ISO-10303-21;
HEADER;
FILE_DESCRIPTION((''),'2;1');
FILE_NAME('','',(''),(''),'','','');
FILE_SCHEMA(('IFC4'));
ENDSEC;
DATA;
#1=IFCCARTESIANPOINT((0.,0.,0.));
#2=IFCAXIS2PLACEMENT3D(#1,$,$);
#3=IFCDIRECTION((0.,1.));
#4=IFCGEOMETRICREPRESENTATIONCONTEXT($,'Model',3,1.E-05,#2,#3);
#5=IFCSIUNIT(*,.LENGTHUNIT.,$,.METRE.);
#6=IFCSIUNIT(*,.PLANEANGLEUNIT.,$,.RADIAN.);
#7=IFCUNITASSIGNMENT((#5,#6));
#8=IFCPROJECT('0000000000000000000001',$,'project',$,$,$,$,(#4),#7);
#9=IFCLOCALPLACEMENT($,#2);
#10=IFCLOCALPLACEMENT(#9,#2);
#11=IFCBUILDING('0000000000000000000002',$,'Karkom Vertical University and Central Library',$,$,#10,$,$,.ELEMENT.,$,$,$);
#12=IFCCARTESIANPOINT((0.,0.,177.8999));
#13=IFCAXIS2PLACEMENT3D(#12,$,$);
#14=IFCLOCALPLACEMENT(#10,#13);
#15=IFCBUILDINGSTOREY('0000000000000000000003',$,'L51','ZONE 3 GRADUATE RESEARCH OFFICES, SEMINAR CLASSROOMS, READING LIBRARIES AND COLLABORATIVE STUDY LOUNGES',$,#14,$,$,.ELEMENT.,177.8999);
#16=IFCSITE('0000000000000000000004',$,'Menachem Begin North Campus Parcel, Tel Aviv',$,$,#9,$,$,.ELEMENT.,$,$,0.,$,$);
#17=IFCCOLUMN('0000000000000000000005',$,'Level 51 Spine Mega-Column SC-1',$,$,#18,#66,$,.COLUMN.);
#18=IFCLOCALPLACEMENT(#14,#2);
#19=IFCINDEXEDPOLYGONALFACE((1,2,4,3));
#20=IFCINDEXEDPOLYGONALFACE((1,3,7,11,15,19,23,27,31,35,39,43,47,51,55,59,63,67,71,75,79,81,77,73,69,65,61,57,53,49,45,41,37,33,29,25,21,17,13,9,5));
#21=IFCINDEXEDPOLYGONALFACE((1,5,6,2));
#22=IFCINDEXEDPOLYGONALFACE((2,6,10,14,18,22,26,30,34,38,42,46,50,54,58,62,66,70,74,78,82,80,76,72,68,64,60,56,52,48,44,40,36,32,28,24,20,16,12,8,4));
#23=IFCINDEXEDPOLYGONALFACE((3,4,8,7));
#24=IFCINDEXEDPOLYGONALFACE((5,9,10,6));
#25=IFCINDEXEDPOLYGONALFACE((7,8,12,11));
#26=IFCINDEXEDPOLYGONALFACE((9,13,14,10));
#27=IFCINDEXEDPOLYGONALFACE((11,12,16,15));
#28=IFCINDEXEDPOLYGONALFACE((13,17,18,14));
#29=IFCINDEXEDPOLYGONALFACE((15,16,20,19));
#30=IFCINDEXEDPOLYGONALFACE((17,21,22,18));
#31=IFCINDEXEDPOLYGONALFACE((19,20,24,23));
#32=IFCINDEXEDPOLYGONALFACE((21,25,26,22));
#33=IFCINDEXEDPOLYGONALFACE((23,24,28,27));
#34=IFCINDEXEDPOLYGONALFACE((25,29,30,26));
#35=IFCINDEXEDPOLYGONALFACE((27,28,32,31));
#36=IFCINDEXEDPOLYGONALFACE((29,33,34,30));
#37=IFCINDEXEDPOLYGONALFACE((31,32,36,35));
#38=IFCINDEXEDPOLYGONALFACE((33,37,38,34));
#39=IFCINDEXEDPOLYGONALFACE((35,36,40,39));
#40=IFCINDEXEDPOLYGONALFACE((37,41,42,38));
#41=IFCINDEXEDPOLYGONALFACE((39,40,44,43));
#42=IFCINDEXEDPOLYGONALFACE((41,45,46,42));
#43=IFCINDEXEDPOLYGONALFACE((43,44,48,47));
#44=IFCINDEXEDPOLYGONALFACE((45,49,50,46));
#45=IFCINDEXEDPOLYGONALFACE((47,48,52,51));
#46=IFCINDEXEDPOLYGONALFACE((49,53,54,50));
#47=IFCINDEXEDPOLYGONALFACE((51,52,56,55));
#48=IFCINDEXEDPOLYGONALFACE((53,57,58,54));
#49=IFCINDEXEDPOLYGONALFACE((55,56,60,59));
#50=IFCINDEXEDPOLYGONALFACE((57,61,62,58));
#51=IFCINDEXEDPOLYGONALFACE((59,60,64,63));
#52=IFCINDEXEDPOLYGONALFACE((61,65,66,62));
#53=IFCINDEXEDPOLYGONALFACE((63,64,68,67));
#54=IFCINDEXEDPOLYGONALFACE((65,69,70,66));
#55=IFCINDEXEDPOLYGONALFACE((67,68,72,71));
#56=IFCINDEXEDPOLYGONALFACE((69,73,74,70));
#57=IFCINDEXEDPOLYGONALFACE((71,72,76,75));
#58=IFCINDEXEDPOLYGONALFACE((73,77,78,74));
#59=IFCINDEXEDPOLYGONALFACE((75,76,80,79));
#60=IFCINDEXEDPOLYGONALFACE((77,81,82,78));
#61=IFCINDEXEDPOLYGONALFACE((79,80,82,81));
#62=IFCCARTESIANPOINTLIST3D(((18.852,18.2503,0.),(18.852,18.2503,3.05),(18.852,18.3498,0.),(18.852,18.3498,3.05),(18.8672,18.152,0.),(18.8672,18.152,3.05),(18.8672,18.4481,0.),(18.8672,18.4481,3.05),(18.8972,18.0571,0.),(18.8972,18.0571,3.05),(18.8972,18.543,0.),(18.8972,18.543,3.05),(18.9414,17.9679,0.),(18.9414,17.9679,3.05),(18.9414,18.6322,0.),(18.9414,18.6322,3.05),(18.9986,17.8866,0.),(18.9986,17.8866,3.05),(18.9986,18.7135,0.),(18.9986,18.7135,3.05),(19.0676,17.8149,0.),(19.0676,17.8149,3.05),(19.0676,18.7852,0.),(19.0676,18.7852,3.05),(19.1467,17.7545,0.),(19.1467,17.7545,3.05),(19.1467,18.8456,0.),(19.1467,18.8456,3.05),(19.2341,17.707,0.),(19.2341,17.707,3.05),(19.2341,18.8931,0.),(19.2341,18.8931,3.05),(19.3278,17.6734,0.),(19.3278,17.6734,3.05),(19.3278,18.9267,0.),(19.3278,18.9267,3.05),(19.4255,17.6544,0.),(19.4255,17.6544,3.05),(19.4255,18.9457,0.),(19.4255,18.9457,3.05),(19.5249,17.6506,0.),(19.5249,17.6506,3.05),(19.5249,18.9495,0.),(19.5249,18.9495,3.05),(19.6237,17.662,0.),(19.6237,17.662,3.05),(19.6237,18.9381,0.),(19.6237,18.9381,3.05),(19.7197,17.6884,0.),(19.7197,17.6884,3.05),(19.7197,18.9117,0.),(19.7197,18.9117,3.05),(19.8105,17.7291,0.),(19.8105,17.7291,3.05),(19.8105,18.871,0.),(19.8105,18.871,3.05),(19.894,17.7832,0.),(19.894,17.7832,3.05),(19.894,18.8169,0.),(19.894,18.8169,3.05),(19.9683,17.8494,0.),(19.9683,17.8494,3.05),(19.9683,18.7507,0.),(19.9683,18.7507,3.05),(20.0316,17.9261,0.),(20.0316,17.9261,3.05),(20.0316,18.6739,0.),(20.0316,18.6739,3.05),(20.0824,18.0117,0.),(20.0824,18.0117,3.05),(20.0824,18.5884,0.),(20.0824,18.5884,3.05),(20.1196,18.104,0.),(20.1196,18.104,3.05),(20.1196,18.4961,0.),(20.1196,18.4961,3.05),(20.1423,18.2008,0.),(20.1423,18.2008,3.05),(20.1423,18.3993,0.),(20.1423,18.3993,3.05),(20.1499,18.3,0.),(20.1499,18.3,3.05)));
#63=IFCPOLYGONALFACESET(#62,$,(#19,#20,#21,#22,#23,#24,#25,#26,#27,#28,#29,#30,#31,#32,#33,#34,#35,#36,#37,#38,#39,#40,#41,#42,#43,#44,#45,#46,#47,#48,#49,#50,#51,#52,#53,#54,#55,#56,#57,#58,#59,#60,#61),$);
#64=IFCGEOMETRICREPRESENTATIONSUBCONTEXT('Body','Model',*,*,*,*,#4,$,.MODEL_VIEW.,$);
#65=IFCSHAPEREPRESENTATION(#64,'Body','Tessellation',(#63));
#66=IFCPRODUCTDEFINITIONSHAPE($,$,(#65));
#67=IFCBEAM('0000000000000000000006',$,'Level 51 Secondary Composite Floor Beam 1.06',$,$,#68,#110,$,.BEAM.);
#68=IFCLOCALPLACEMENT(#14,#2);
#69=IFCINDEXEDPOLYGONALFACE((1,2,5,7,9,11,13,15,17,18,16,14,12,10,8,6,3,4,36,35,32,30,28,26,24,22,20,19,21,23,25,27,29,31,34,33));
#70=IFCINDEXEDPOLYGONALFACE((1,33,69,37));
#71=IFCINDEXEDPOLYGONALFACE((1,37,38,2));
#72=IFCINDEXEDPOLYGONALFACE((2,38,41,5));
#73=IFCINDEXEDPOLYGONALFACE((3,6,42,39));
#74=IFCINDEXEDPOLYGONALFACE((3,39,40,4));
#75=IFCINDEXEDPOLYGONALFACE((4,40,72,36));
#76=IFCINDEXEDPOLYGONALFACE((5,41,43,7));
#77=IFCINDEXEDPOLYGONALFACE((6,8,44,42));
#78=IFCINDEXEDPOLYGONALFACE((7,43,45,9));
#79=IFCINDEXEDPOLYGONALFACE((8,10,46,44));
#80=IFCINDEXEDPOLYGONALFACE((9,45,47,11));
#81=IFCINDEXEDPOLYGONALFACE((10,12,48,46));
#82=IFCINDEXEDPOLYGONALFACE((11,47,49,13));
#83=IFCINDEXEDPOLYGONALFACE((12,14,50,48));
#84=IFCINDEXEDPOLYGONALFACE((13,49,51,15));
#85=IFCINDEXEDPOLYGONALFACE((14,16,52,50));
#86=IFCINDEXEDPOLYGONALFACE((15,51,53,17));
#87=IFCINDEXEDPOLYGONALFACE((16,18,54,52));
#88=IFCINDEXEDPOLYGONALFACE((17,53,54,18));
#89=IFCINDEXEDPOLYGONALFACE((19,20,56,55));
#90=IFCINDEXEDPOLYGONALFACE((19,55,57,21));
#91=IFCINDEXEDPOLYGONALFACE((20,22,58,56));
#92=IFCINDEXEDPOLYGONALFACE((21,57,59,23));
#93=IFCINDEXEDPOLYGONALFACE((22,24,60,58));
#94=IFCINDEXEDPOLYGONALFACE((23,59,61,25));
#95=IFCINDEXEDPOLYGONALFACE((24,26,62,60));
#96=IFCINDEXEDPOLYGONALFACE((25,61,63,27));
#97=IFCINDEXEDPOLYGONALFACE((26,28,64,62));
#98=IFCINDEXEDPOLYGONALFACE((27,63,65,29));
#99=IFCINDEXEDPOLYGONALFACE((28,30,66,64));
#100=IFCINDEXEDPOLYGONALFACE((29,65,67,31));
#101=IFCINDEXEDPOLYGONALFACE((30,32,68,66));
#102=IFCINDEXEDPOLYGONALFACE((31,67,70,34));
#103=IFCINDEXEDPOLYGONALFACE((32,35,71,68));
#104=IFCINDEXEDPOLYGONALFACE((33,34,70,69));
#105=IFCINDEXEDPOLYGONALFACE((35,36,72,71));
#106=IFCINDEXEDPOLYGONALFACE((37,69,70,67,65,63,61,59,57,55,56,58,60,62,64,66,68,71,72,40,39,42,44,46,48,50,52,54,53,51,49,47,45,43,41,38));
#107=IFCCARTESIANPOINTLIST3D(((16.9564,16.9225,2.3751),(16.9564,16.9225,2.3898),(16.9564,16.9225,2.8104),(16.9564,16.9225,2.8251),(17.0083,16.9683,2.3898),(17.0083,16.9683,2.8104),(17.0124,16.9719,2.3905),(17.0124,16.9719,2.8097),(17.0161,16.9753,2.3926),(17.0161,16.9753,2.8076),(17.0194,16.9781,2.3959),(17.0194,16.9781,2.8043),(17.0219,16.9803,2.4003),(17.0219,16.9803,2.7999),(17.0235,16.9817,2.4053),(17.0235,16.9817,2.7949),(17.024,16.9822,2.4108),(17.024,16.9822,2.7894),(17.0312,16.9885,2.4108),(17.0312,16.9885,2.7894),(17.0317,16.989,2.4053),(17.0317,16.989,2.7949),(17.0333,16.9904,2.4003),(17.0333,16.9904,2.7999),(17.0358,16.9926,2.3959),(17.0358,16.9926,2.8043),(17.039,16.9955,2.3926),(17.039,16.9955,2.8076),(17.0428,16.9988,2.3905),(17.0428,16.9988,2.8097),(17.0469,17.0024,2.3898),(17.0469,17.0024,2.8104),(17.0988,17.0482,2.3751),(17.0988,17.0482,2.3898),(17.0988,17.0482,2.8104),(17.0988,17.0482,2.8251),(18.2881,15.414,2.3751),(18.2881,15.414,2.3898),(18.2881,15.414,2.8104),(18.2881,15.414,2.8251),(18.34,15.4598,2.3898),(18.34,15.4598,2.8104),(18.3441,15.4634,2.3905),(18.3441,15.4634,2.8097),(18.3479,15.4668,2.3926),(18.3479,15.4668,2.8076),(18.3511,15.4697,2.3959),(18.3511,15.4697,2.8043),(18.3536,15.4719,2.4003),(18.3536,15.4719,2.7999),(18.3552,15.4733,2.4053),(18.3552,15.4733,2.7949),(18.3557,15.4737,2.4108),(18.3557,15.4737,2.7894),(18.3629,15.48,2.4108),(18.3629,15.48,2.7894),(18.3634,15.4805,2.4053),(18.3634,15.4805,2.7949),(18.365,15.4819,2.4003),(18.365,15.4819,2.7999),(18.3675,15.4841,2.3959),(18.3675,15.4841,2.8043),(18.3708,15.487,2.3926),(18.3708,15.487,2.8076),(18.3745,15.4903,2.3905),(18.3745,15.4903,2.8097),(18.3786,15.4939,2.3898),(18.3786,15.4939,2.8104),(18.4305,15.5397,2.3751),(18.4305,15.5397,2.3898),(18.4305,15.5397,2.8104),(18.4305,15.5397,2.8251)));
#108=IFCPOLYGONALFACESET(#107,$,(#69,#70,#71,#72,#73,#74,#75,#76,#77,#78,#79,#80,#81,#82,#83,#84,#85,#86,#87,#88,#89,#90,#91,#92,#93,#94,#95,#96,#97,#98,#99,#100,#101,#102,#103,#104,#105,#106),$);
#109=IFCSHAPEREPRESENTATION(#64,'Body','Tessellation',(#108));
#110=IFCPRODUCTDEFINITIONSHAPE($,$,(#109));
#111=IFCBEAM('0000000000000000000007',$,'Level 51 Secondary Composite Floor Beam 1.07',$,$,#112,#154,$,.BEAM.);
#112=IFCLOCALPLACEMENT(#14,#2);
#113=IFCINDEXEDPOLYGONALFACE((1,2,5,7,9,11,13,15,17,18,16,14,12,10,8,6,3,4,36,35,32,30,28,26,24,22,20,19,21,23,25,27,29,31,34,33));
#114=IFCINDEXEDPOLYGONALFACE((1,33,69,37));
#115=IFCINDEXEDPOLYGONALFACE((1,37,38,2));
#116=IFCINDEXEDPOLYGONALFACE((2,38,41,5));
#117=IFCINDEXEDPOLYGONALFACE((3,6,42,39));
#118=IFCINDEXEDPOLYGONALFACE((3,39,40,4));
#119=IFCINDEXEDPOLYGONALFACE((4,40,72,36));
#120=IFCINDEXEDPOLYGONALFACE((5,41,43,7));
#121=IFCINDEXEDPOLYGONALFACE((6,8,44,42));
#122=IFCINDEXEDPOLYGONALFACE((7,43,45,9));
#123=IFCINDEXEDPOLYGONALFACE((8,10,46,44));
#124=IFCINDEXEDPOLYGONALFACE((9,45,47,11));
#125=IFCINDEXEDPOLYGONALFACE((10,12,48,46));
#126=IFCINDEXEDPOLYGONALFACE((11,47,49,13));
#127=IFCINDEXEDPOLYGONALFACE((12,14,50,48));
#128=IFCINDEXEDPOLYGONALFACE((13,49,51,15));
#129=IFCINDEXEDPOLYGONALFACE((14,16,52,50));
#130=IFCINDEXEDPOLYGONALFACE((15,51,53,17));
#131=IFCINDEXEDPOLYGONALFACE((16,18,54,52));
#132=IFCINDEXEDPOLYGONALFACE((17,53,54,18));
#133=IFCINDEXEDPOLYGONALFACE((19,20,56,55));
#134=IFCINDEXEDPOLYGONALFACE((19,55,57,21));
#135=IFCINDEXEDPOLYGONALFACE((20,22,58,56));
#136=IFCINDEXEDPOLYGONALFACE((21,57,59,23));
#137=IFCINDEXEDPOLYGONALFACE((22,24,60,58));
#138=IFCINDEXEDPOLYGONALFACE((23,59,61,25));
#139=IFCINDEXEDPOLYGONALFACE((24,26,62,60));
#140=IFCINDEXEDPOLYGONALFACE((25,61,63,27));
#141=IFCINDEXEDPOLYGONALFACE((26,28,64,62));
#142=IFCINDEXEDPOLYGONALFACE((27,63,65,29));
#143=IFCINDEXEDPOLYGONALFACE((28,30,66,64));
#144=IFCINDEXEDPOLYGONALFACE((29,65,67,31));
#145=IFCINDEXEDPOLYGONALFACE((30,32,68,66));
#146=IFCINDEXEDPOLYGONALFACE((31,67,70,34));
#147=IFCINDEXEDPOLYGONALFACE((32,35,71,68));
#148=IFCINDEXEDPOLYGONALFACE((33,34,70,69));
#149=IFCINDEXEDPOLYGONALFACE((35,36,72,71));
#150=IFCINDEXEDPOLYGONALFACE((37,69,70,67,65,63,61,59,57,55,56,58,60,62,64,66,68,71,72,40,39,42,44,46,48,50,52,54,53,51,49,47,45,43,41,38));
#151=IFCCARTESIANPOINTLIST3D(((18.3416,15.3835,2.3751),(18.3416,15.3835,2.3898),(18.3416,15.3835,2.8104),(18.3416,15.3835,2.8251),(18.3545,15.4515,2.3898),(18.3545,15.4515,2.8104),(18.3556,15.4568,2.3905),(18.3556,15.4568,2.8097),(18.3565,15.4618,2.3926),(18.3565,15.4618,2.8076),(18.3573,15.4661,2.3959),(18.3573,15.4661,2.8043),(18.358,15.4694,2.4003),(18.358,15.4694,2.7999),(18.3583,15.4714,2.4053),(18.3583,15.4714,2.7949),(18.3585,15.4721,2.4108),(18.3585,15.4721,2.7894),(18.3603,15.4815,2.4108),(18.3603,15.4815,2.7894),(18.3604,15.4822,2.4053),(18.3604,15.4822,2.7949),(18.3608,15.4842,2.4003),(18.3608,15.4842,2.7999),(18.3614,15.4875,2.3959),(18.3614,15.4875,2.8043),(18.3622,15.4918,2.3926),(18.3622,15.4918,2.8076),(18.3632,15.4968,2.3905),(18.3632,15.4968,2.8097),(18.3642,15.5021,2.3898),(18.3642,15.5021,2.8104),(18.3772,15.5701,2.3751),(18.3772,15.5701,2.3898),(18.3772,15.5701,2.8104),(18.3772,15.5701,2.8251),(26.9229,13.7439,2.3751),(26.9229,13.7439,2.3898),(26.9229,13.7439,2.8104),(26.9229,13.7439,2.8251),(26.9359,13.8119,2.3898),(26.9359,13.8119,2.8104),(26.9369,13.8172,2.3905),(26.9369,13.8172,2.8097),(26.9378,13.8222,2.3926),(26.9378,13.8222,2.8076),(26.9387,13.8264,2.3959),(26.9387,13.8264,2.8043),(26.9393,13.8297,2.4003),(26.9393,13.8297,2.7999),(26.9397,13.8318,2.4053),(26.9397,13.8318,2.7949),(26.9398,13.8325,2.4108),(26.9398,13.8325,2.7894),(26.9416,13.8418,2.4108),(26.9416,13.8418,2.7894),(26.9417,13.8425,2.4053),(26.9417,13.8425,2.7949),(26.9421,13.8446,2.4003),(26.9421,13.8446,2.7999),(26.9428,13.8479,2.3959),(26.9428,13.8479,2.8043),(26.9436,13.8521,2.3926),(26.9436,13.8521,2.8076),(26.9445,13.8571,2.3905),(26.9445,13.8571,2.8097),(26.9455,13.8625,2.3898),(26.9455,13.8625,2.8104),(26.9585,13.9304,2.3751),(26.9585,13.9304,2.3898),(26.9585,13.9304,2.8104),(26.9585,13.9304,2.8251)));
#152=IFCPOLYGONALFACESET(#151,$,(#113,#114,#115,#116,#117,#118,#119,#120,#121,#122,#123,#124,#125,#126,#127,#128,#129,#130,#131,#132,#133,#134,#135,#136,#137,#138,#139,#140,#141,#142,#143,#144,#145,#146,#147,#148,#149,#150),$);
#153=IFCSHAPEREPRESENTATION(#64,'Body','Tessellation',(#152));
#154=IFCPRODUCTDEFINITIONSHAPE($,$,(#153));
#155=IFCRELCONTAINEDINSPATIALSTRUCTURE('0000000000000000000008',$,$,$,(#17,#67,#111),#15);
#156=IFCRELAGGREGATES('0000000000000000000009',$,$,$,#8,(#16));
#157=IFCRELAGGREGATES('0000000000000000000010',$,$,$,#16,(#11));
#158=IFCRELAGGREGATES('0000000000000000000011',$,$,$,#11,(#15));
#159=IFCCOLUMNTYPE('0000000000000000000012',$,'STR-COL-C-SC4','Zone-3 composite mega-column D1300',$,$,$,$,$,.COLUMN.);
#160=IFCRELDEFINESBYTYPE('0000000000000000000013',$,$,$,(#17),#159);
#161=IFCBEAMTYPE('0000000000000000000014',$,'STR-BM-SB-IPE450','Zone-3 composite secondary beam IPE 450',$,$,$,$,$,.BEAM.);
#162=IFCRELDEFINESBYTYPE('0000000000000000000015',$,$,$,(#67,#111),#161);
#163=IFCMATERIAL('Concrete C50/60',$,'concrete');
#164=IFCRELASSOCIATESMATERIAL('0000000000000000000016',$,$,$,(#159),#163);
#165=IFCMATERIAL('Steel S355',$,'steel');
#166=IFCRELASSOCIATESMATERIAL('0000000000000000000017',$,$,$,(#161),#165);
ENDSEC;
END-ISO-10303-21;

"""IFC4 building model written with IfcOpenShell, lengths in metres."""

from ifc_helpers import new_model, si_unit, direction, frame, origin, origin_with_axes, origin_2d, place, context, subcontext, project, spatial, circle, i_section, extrude, source, transform, mapped, material, material_profile, profile_set, type_object, element, save


model = new_model("IFC4")

# Units and contexts
model_context = context("Model", 3, precision=1e-05, world=origin(), true_north=direction((0.0, 1.0)))
body_context = subcontext(model_context, "Body", "Model", "MODEL_VIEW")
ifc_project = project(units=[si_unit("LENGTHUNIT", "METRE"), si_unit("PLANEANGLEUNIT", "RADIAN")], contexts=[model_context])

# Site, building, storey
site_placement = place(None, origin())
site = spatial("IfcSite", under=ifc_project, at=site_placement, Name="Menachem Begin North Campus Parcel, Tel Aviv", CompositionType="ELEMENT", RefElevation=0.0)
building_placement = place(site_placement, origin())
building = spatial("IfcBuilding", under=site, at=building_placement, Name="Karkom Vertical University and Central Library", CompositionType="ELEMENT")
storey_placement = place(building_placement, frame((0.0, 0.0, 177.8999)))
storey = spatial("IfcBuildingStorey", under=building, at=storey_placement, Name="L51", Description="ZONE 3 GRADUATE RESEARCH OFFICES, SEMINAR CLASSROOMS, READING LIBRARIES AND COLLABORATIVE STUDY LOUNGES", CompositionType="ELEMENT", Elevation=177.8999)

# Column
ifc_material_1 = material(Name="Concrete C50/60", Category="concrete")
ifc_material_profile_1 = material_profile(ifc_material_1, circle(Radius=0.6499, at=origin_2d()), Name="CFT-D1300")
ifc_profile_set_1 = profile_set([ifc_material_profile_1], Name="Concrete C50/60")
column_type = type_object("IfcColumnType", Name="STR-COL-C-SC4", Description="Zone-3 composite mega-column D1300", PredefinedType="COLUMN", material=ifc_profile_set_1)
shared_shape_1 = source(origin_with_axes(), body_context, "Body", "SweptSolid", [
    extrude(circle(Radius=0.6499, at=origin_2d()), origin(), (0.0, 0.0, 1.0), 3.05),
])
column_placement = place(storey_placement, frame((19.5, 18.3, 0.0), z_axis=(0.0, 0.0, 1.0), x_axis=(1.0, 0.0, 0.0)))
element("IfcColumn", 1, at=column_placement, inside=storey, type_object=column_type, Name="Level 51 Spine Mega-Column SC-1", PredefinedType="COLUMN", context=body_context, shape_type="MappedRepresentation", body=[
    mapped(shared_shape_1, transform((0.0, 0.0, 0.0), scale=1.0)),
])

# Beams
ifc_material_2 = material(Name="Steel S355", Category="steel")
ifc_material_profile_2 = material_profile(ifc_material_2, i_section(OverallWidth=0.1899, OverallDepth=0.45, WebThickness=0.0095, FlangeThickness=0.0146, FilletRadius=0.021, at=origin_2d()), Name="IPE 450")
ifc_profile_set_2 = profile_set([ifc_material_profile_2], Name="Steel S355")
beam_type_1 = type_object("IfcBeamType", Name="STR-BM-SB-IPE450", Description="Zone-3 composite secondary beam IPE 450", PredefinedType="BEAM", material=ifc_profile_set_2)
shared_shape_2 = source(origin_with_axes(), body_context, "Body", "SweptSolid", [
    extrude(i_section(OverallWidth=0.1899, OverallDepth=0.45, WebThickness=0.0095, FlangeThickness=0.0146, FilletRadius=0.021, at=origin_2d()), origin(), (0.0, 0.0, 1.0), 2.0122),
])
beam_1_placement = place(storey_placement, frame((17.0276, 16.9854, 2.6001), z_axis=(0.661822, -0.749661, 0.0), x_axis=(0.749661, 0.661822, 0.0)))
element("IfcBeam", 2, at=beam_1_placement, inside=storey, type_object=beam_type_1, Name="Level 51 Secondary Composite Floor Beam 1.06", PredefinedType="BEAM", context=body_context, shape_type="MappedRepresentation", body=[
    mapped(shared_shape_2, transform((0.0, 0.0, 0.0), scale=1.0)),
])
shared_shape_3 = source(origin_with_axes(), body_context, "Body", "SweptSolid", [
    extrude(i_section(OverallWidth=0.1899, OverallDepth=0.45, WebThickness=0.0095, FlangeThickness=0.0146, FilletRadius=0.021, at=origin_2d()), origin(), (0.0, 0.0, 1.0), 8.7366),
])
beam_2_placement = place(storey_placement, frame((18.3594, 15.4768, 2.6001), z_axis=(0.982231, -0.187677, 0.0), x_axis=(0.187677, 0.982231, 0.0)))
element("IfcBeam", 3, at=beam_2_placement, inside=storey, type_object=beam_type_1, Name="Level 51 Secondary Composite Floor Beam 1.07", PredefinedType="BEAM", context=body_context, shape_type="MappedRepresentation", body=[
    mapped(shared_shape_3, transform((0.0, 0.0, 0.0), scale=1.0)),
])

save(model, "model.ifc")
